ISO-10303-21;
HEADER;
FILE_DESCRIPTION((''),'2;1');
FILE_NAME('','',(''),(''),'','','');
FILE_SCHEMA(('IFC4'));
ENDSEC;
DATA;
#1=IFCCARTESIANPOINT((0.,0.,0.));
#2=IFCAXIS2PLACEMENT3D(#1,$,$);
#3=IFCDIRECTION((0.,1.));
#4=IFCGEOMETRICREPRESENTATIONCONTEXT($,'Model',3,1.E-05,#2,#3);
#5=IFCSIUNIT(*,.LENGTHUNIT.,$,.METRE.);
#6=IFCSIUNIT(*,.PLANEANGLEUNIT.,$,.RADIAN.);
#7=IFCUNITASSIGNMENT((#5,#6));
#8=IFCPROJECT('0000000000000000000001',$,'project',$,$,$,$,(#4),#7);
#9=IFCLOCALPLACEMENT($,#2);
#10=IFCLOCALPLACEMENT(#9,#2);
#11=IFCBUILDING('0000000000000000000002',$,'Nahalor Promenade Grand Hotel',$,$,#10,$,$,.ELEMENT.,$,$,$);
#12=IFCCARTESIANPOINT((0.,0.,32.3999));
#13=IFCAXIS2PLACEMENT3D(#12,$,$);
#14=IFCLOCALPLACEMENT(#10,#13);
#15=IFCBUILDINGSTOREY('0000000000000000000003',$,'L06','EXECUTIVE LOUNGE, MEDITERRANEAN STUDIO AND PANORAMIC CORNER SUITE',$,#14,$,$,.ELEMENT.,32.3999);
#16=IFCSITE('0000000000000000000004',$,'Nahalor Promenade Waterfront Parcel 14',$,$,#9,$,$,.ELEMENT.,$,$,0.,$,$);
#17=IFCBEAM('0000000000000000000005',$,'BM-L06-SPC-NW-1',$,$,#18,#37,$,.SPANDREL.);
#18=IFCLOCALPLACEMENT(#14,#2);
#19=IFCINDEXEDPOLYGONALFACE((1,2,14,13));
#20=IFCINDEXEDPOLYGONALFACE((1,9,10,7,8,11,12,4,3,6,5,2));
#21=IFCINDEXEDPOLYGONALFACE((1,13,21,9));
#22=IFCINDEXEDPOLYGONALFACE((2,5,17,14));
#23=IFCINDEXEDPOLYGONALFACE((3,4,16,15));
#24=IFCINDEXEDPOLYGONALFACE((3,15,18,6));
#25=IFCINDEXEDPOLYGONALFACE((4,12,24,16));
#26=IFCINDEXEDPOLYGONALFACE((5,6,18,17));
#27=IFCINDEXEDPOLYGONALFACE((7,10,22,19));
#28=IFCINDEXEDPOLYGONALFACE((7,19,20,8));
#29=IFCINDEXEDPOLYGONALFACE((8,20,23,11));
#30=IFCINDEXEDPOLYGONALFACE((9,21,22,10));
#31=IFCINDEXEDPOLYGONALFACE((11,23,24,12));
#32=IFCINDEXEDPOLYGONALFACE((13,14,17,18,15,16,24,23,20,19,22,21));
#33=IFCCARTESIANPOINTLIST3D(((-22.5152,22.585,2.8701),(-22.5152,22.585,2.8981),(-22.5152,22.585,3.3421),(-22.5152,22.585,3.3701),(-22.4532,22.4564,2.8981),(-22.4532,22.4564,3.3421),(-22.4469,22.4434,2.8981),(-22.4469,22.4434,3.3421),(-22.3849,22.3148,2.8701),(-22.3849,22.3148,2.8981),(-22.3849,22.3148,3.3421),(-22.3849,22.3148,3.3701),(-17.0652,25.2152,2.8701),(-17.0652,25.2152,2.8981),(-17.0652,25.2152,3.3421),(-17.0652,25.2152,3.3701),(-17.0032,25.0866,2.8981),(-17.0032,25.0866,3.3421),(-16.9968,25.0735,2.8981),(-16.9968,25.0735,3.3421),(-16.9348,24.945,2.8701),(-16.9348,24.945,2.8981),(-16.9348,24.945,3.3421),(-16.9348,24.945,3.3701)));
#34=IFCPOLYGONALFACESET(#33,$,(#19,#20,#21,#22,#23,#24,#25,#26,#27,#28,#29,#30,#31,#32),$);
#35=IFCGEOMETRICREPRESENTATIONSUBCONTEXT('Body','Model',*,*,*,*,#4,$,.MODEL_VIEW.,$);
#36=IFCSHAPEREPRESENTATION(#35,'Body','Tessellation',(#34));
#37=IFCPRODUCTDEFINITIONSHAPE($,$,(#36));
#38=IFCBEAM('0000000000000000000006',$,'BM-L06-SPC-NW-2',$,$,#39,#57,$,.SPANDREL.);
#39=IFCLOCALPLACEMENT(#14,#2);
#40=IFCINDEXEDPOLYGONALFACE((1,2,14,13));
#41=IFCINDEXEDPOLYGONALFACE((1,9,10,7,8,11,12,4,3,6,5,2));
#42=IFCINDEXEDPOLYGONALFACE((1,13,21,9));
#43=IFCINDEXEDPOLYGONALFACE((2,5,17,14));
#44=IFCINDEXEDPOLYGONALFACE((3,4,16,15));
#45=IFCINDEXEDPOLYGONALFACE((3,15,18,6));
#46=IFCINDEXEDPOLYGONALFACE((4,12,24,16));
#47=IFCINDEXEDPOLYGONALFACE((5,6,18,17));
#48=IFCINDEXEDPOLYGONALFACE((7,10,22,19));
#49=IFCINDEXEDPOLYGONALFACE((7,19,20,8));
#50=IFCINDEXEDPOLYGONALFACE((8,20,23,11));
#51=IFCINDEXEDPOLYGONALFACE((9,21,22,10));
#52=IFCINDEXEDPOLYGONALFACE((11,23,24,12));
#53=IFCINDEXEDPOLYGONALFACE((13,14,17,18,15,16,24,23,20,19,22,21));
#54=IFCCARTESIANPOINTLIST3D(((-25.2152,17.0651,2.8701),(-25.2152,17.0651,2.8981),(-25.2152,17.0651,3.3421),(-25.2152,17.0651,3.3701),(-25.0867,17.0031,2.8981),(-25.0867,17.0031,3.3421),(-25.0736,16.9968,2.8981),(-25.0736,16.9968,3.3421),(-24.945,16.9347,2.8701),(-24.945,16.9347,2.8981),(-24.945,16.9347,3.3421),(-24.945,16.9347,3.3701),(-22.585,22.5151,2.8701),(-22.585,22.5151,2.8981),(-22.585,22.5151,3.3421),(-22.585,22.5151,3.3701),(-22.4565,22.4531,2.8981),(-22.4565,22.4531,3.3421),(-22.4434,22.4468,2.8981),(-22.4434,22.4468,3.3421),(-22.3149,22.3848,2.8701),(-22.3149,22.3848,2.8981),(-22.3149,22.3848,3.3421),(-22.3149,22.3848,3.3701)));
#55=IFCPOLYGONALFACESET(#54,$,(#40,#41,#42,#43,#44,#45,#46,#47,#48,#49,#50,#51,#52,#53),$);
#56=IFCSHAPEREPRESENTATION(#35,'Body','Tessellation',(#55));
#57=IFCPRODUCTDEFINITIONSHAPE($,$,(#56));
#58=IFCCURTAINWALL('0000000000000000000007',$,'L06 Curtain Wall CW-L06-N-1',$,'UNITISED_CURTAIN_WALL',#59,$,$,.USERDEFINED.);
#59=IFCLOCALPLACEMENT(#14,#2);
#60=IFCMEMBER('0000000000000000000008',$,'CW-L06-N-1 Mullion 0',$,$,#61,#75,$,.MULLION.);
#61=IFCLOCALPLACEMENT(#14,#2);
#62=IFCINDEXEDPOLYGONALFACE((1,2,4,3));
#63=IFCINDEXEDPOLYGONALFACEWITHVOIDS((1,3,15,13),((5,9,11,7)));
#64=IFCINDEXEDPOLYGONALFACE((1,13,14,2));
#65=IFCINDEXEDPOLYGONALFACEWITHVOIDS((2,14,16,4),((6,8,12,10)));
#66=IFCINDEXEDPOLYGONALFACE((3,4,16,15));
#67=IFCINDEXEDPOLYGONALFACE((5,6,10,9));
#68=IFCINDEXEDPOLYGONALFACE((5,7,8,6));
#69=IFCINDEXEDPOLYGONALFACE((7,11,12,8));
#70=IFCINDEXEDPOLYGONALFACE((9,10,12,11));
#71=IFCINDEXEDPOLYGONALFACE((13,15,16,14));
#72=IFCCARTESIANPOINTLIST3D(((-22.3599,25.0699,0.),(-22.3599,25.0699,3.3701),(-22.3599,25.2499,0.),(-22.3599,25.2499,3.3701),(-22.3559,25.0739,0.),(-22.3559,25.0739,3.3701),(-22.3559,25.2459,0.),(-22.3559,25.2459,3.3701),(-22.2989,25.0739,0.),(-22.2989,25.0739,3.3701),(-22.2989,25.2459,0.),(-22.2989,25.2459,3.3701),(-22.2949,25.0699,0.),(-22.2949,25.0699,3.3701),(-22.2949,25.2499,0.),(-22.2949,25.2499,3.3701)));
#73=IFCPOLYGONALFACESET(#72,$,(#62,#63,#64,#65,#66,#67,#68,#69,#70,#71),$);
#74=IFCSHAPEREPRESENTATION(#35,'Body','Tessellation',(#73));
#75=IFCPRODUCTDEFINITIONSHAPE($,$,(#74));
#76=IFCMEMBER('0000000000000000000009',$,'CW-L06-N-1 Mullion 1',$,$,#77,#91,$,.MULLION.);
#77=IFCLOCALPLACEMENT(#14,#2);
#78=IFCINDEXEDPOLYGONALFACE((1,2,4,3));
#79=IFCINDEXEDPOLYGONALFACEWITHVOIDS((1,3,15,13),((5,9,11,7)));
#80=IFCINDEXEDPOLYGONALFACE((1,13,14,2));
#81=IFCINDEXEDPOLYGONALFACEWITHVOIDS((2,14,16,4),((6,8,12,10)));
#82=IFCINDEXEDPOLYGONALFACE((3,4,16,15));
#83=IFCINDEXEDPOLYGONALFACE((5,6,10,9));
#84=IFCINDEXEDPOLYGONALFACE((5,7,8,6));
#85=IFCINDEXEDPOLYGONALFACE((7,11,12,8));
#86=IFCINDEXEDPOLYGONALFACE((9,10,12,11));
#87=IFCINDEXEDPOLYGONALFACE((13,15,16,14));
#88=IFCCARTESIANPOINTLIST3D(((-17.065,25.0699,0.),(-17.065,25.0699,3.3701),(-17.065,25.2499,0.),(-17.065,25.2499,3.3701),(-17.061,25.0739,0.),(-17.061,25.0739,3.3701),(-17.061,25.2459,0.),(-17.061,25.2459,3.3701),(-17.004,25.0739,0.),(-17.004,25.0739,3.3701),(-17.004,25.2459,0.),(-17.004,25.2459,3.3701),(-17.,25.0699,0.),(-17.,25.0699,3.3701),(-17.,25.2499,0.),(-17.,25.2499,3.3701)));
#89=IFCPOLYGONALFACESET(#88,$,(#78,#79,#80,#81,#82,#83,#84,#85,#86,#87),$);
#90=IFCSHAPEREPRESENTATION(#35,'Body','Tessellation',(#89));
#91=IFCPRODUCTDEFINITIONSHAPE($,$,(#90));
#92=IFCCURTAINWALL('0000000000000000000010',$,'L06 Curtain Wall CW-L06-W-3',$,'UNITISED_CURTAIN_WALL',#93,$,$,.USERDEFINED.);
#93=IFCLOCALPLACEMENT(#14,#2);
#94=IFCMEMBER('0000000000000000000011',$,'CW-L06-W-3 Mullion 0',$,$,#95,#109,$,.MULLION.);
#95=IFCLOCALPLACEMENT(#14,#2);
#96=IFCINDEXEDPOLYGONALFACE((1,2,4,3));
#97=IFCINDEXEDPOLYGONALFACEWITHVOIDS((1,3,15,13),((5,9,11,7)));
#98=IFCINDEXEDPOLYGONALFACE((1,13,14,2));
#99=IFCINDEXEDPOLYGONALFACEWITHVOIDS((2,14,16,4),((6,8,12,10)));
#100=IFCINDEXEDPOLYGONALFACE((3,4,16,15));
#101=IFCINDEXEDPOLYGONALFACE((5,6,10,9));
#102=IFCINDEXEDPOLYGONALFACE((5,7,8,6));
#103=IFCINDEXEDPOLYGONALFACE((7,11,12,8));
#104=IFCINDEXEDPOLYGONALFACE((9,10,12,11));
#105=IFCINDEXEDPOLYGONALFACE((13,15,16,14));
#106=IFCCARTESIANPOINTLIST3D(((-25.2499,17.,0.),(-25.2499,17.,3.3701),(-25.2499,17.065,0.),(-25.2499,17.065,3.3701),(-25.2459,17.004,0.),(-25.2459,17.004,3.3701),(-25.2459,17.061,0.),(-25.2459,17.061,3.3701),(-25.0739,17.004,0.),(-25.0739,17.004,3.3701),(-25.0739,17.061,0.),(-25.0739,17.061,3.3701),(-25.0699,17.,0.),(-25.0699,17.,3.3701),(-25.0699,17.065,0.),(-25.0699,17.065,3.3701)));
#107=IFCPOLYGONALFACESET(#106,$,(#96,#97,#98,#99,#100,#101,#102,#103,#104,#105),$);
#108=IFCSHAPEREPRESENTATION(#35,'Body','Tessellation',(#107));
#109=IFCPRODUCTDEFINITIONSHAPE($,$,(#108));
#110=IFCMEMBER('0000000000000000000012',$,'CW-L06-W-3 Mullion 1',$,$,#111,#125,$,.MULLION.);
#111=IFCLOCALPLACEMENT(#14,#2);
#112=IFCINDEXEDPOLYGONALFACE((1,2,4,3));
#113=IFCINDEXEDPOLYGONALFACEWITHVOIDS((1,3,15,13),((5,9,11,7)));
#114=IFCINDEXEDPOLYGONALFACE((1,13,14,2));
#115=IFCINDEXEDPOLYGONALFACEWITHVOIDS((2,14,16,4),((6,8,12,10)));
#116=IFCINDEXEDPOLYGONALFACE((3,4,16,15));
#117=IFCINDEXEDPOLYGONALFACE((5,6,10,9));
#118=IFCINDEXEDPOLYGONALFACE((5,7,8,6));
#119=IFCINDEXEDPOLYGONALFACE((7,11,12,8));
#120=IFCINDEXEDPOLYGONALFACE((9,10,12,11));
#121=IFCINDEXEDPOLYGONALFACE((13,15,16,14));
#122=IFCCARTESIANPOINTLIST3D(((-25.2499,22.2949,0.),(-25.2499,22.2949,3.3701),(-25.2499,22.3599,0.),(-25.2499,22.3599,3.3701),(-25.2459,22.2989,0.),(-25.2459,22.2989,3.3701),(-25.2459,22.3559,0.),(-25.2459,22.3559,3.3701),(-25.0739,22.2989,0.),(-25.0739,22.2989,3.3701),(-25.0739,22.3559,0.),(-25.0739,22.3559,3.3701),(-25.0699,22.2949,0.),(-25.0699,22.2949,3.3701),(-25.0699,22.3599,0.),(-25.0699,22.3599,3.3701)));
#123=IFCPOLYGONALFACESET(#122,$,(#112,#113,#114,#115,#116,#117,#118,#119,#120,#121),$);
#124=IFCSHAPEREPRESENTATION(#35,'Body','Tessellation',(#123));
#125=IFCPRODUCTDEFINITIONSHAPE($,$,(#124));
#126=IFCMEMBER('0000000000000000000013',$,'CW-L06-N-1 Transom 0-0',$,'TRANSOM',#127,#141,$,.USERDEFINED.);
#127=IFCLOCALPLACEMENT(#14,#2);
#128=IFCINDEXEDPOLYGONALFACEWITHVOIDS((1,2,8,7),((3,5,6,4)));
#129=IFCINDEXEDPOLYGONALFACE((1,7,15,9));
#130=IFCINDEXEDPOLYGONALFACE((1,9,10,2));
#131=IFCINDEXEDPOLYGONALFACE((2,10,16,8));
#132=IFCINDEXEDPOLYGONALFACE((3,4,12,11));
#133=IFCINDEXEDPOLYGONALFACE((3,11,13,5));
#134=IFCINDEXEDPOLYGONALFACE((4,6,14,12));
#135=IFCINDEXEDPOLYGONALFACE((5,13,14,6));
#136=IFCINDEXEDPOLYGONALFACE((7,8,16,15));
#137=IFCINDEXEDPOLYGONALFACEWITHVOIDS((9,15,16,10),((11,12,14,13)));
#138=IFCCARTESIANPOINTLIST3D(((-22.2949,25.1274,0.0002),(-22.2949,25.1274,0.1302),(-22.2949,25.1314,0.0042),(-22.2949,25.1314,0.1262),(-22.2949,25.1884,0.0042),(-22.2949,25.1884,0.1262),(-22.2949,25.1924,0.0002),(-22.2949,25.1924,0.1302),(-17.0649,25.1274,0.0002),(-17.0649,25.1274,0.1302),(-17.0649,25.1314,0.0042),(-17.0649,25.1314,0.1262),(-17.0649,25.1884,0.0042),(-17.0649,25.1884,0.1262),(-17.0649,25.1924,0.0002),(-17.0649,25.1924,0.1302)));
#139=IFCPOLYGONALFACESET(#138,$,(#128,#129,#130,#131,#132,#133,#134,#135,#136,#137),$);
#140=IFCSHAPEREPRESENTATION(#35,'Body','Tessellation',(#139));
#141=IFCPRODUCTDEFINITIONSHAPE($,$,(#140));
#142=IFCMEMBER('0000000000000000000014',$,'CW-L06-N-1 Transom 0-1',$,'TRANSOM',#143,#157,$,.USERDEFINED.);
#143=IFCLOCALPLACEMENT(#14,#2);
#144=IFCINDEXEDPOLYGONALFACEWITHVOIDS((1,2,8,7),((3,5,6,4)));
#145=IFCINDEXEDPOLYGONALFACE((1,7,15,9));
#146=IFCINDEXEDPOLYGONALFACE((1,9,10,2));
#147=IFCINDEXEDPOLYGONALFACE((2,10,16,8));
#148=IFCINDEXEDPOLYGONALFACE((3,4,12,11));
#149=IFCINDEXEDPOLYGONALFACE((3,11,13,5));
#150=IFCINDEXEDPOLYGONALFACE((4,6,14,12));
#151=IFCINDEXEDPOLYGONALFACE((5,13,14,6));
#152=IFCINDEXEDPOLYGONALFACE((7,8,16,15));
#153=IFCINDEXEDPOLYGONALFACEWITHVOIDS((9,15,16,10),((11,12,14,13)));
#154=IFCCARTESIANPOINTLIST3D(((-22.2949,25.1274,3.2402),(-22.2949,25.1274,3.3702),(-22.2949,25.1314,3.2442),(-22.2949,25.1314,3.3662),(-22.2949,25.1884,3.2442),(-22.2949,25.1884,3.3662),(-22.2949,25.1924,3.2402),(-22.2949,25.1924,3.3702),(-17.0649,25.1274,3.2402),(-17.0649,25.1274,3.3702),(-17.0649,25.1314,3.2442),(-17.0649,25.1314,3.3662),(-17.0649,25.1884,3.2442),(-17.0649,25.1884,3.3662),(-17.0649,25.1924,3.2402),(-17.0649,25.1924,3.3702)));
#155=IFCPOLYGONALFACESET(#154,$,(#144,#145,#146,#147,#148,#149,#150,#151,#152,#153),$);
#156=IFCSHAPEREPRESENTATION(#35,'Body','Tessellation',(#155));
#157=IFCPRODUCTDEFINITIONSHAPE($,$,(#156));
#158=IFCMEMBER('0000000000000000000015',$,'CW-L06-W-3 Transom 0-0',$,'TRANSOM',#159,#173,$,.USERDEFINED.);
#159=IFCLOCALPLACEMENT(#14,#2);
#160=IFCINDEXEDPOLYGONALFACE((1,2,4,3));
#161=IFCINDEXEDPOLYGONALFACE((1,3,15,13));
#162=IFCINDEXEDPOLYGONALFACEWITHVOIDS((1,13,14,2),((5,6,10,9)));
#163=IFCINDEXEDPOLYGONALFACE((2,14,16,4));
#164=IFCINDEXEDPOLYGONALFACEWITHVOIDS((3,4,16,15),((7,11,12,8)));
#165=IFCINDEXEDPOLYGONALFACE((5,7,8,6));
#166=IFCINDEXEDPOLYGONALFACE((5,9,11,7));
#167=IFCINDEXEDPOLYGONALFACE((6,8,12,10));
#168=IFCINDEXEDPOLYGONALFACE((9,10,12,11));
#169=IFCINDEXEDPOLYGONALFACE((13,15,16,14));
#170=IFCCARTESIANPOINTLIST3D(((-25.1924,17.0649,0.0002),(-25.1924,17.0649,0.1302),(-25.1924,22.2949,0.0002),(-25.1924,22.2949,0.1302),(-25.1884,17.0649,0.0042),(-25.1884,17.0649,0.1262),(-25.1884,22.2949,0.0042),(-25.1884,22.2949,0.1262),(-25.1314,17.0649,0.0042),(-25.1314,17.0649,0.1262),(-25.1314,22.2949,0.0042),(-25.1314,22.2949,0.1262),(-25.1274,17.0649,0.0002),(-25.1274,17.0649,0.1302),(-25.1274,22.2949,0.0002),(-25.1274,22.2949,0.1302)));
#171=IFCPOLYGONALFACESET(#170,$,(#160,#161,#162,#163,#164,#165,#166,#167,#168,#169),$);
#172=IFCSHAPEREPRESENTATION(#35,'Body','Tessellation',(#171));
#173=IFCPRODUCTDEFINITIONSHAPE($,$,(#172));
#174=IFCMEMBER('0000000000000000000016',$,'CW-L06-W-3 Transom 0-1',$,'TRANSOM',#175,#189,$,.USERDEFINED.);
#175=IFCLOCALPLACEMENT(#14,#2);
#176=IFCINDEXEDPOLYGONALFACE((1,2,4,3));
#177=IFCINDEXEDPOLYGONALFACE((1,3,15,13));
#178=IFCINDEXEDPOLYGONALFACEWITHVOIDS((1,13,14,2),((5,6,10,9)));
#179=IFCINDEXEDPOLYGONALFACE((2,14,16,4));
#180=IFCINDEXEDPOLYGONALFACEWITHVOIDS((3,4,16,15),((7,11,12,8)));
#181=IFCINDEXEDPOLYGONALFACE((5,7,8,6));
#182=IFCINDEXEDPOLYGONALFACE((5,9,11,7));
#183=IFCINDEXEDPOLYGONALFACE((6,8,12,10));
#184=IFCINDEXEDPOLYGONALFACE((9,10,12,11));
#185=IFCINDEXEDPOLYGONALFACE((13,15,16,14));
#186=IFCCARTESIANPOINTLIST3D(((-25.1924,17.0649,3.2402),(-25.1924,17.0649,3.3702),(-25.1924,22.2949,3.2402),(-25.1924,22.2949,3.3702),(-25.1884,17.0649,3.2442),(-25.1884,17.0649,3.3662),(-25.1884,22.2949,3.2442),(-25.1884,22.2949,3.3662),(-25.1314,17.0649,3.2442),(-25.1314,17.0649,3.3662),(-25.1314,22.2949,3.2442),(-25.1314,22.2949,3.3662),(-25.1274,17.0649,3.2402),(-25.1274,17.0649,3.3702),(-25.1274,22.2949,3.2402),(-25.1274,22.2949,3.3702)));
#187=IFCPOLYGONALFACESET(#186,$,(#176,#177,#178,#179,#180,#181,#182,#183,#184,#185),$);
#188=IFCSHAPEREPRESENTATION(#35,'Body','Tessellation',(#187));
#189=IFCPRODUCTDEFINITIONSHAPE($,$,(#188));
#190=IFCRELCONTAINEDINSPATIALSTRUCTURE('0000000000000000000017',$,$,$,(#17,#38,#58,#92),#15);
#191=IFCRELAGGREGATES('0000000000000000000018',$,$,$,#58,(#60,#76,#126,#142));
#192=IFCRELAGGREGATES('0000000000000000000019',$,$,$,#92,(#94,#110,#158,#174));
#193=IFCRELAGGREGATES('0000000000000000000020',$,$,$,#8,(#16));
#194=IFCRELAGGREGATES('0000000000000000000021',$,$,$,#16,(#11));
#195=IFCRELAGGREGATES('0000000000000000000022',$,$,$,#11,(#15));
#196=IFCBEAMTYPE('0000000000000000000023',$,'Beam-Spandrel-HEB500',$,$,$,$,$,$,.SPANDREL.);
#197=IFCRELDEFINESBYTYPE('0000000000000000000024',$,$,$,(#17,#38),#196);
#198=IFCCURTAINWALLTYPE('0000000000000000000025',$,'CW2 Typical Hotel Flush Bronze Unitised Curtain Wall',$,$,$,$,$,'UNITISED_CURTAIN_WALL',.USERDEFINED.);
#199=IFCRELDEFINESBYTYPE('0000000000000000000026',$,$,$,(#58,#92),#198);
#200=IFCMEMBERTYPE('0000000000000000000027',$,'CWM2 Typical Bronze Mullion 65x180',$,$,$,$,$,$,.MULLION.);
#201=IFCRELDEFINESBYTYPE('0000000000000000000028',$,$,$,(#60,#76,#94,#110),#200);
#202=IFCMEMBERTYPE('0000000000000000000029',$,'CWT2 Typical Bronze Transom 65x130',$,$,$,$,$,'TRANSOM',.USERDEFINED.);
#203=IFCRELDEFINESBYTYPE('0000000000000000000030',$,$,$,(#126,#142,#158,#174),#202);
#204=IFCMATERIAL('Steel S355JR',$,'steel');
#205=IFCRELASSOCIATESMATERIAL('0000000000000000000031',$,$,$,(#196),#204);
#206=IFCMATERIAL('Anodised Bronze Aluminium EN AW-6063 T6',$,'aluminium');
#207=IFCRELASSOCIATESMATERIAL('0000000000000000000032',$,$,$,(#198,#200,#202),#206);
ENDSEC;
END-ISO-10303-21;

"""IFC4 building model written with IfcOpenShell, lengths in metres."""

from ifc_helpers import new_model, si_unit, direction, frame, origin, origin_2d, place, context, subcontext, project, spatial, hollow_rectangle, i_section, extrude, source, transform, mapped, material, material_profile, profile_set, type_object, element, aggregate, save


model = new_model("IFC4")

# Units and contexts
model_context = context("Model", 3, precision=1e-05, world=origin(), true_north=direction((0.0, 1.0)))
body_context = subcontext(model_context, "Body", "Model", "MODEL_VIEW")
ifc_project = project(units=[si_unit("LENGTHUNIT", "METRE"), si_unit("PLANEANGLEUNIT", "RADIAN")], contexts=[model_context])

# Site, building, storey
site_placement = place(None, origin())
site = spatial("IfcSite", under=ifc_project, at=site_placement, Name="Nahalor Promenade Waterfront Parcel 14", CompositionType="ELEMENT", RefElevation=0.0)
building_placement = place(site_placement, origin())
building = spatial("IfcBuilding", under=site, at=building_placement, Name="Nahalor Promenade Grand Hotel", CompositionType="ELEMENT")
storey_placement = place(building_placement, frame((0.0, 0.0, 32.3999)))
storey = spatial("IfcBuildingStorey", under=building, at=storey_placement, Name="L06", Description="EXECUTIVE LOUNGE, MEDITERRANEAN STUDIO AND PANORAMIC CORNER SUITE", CompositionType="ELEMENT", Elevation=32.3999)

# Beams
ifc_material_1 = material(Name="Steel S355JR", Category="steel")
ifc_material_profile_1 = material_profile(ifc_material_1, i_section(OverallWidth=0.3, OverallDepth=0.5, WebThickness=0.0145, FlangeThickness=0.028, at=origin_2d()), Name="HEB 500")
ifc_profile_set_1 = profile_set([ifc_material_profile_1], Name="Steel S355JR")
beam_type_1 = type_object("IfcBeamType", Name="Beam-Spandrel-HEB500", PredefinedType="SPANDREL", material=ifc_profile_set_1)
shared_shape_1 = source(origin(), body_context, "Body", "SweptSolid", [
    extrude(i_section(OverallWidth=0.3, OverallDepth=0.5, WebThickness=0.0145, FlangeThickness=0.028, at=origin_2d()), origin(), (0.0, 0.0, 1.0), 6.0515),
])
for number, where, z_axis, x_axis, name in (
    (1, (-17.0, 25.0801, 3.1201), (-0.900609, -0.434631, 0.0), (0.434631, -0.900609, 0.0), "BM-L06-SPC-NW-1"),
    (2, (-22.45, 22.45, 3.1201), (-0.434631, -0.900609, 0.0), (0.900609, -0.434631, 0.0), "BM-L06-SPC-NW-2"),
):
    element("IfcBeam", number, at=place(storey_placement, frame(where, z_axis=z_axis, x_axis=x_axis)), inside=storey, type_object=beam_type_1, Name=name, PredefinedType="SPANDREL", context=body_context, shape_type="MappedRepresentation", body=[
        mapped(shared_shape_1, transform((0.0, 0.0, 0.0), scale=1.0)),
    ])

# Curtain walls, members
ifc_material_2 = material(Name="Anodised Bronze Aluminium EN AW-6063 T6", Category="aluminium")
curtain_wall_type = type_object("IfcCurtainWallType", Name="CW2 Typical Hotel Flush Bronze Unitised Curtain Wall", ElementType="UNITISED_CURTAIN_WALL", PredefinedType="USERDEFINED", material=ifc_material_2)
curtain_wall_1_placement = place(storey_placement, origin())
curtain_wall_1 = element("IfcCurtainWall", 3, at=curtain_wall_1_placement, inside=storey, type_object=curtain_wall_type, Name="L06 Curtain Wall CW-L06-N-1", ObjectType="UNITISED_CURTAIN_WALL", PredefinedType="USERDEFINED")
ifc_material_profile_2 = material_profile(ifc_material_2, hollow_rectangle(XDim=0.065, YDim=0.18, WallThickness=0.004, at=origin_2d()), Name="CWM 65x180x4")
ifc_profile_set_2 = profile_set([ifc_material_profile_2], Name="Anodised Bronze Aluminium EN AW-6063 T6")
member_type_1 = type_object("IfcMemberType", Name="CWM2 Typical Bronze Mullion 65x180", PredefinedType="MULLION", material=ifc_profile_set_2)
shared_shape_2 = source(origin(), body_context, "Body", "SweptSolid", [
    extrude(hollow_rectangle(XDim=0.065, YDim=0.18, WallThickness=0.004, at=origin_2d()), origin(), (0.0, 0.0, 1.0), 3.3701),
])
member_1_placement = place(storey_placement, frame((-22.3274, 25.1599, 0.0), z_axis=(0.0, 0.0, 1.0), x_axis=(1.0, 0.0, 0.0)))
member_1 = element("IfcMember", 4, at=member_1_placement, type_object=member_type_1, Name="CW-L06-N-1 Mullion 0", PredefinedType="MULLION", context=body_context, shape_type="MappedRepresentation", body=[
    mapped(shared_shape_2, transform((0.0, 0.0, 0.0), scale=1.0)),
])
member_2_placement = place(storey_placement, frame((-17.0325, 25.1599, 0.0), z_axis=(0.0, 0.0, 1.0), x_axis=(1.0, 0.0, 0.0)))
member_2 = element("IfcMember", 5, at=member_2_placement, type_object=member_type_1, Name="CW-L06-N-1 Mullion 1", PredefinedType="MULLION", context=body_context, shape_type="MappedRepresentation", body=[
    mapped(shared_shape_2, transform((0.0, 0.0, 0.0), scale=1.0)),
])
curtain_wall_2_placement = place(storey_placement, origin())
curtain_wall_2 = element("IfcCurtainWall", 6, at=curtain_wall_2_placement, inside=storey, type_object=curtain_wall_type, Name="L06 Curtain Wall CW-L06-W-3", ObjectType="UNITISED_CURTAIN_WALL", PredefinedType="USERDEFINED")
member_3_placement = place(storey_placement, frame((-25.1599, 17.0325, 0.0), z_axis=(0.0, 0.0, 1.0), x_axis=(0.0, 1.0, 0.0)))
member_3 = element("IfcMember", 7, at=member_3_placement, type_object=member_type_1, Name="CW-L06-W-3 Mullion 0", PredefinedType="MULLION", context=body_context, shape_type="MappedRepresentation", body=[
    mapped(shared_shape_2, transform((0.0, 0.0, 0.0), scale=1.0)),
])
member_4_placement = place(storey_placement, frame((-25.1599, 22.3274, 0.0), z_axis=(0.0, 0.0, 1.0), x_axis=(0.0, 1.0, 0.0)))
member_4 = element("IfcMember", 8, at=member_4_placement, type_object=member_type_1, Name="CW-L06-W-3 Mullion 1", PredefinedType="MULLION", context=body_context, shape_type="MappedRepresentation", body=[
    mapped(shared_shape_2, transform((0.0, 0.0, 0.0), scale=1.0)),
])

# Members
ifc_material_profile_3 = material_profile(ifc_material_2, hollow_rectangle(XDim=0.065, YDim=0.13, WallThickness=0.004, at=origin_2d()), Name="CWT 65x130x4")
ifc_profile_set_3 = profile_set([ifc_material_profile_3], Name="Anodised Bronze Aluminium EN AW-6063 T6")
member_type_2 = type_object("IfcMemberType", Name="CWT2 Typical Bronze Transom 65x130", ElementType="TRANSOM", PredefinedType="USERDEFINED", material=ifc_profile_set_3)
shared_shape_3 = source(origin(), body_context, "Body", "SweptSolid", [
    extrude(hollow_rectangle(XDim=0.065, YDim=0.13, WallThickness=0.004, at=origin_2d()), origin(), (0.0, 0.0, 1.0), 5.23),
])
member_5_placement = place(storey_placement, frame((-22.2949, 25.1599, 0.0652), z_axis=(1.0, 0.0, 0.0), x_axis=(0.0, 1.0, 0.0)))
member_5 = element("IfcMember", 9, at=member_5_placement, type_object=member_type_2, Name="CW-L06-N-1 Transom 0-0", ObjectType="TRANSOM", PredefinedType="USERDEFINED", context=body_context, shape_type="MappedRepresentation", body=[
    mapped(shared_shape_3, transform((0.0, 0.0, 0.0), scale=1.0)),
])
member_6_placement = place(storey_placement, frame((-22.2949, 25.1599, 3.3052), z_axis=(1.0, 0.0, 0.0), x_axis=(0.0, 1.0, 0.0)))
member_6 = element("IfcMember", 10, at=member_6_placement, type_object=member_type_2, Name="CW-L06-N-1 Transom 0-1", ObjectType="TRANSOM", PredefinedType="USERDEFINED", context=body_context, shape_type="MappedRepresentation", body=[
    mapped(shared_shape_3, transform((0.0, 0.0, 0.0), scale=1.0)),
])
member_7_placement = place(storey_placement, frame((-25.1599, 17.0649, 0.0652), z_axis=(0.0, 1.0, 0.0), x_axis=(-1.0, 0.0, 0.0)))
member_7 = element("IfcMember", 11, at=member_7_placement, type_object=member_type_2, Name="CW-L06-W-3 Transom 0-0", ObjectType="TRANSOM", PredefinedType="USERDEFINED", context=body_context, shape_type="MappedRepresentation", body=[
    mapped(shared_shape_3, transform((0.0, 0.0, 0.0), scale=1.0)),
])
member_8_placement = place(storey_placement, frame((-25.1599, 17.0649, 3.3052), z_axis=(0.0, 1.0, 0.0), x_axis=(-1.0, 0.0, 0.0)))
member_8 = element("IfcMember", 12, at=member_8_placement, type_object=member_type_2, Name="CW-L06-W-3 Transom 0-1", ObjectType="TRANSOM", PredefinedType="USERDEFINED", context=body_context, shape_type="MappedRepresentation", body=[
    mapped(shared_shape_3, transform((0.0, 0.0, 0.0), scale=1.0)),
])

aggregate(curtain_wall_1, [member_1, member_2, member_5, member_6])
aggregate(curtain_wall_2, [member_3, member_4, member_7, member_8])

save(model, "model.ifc")
